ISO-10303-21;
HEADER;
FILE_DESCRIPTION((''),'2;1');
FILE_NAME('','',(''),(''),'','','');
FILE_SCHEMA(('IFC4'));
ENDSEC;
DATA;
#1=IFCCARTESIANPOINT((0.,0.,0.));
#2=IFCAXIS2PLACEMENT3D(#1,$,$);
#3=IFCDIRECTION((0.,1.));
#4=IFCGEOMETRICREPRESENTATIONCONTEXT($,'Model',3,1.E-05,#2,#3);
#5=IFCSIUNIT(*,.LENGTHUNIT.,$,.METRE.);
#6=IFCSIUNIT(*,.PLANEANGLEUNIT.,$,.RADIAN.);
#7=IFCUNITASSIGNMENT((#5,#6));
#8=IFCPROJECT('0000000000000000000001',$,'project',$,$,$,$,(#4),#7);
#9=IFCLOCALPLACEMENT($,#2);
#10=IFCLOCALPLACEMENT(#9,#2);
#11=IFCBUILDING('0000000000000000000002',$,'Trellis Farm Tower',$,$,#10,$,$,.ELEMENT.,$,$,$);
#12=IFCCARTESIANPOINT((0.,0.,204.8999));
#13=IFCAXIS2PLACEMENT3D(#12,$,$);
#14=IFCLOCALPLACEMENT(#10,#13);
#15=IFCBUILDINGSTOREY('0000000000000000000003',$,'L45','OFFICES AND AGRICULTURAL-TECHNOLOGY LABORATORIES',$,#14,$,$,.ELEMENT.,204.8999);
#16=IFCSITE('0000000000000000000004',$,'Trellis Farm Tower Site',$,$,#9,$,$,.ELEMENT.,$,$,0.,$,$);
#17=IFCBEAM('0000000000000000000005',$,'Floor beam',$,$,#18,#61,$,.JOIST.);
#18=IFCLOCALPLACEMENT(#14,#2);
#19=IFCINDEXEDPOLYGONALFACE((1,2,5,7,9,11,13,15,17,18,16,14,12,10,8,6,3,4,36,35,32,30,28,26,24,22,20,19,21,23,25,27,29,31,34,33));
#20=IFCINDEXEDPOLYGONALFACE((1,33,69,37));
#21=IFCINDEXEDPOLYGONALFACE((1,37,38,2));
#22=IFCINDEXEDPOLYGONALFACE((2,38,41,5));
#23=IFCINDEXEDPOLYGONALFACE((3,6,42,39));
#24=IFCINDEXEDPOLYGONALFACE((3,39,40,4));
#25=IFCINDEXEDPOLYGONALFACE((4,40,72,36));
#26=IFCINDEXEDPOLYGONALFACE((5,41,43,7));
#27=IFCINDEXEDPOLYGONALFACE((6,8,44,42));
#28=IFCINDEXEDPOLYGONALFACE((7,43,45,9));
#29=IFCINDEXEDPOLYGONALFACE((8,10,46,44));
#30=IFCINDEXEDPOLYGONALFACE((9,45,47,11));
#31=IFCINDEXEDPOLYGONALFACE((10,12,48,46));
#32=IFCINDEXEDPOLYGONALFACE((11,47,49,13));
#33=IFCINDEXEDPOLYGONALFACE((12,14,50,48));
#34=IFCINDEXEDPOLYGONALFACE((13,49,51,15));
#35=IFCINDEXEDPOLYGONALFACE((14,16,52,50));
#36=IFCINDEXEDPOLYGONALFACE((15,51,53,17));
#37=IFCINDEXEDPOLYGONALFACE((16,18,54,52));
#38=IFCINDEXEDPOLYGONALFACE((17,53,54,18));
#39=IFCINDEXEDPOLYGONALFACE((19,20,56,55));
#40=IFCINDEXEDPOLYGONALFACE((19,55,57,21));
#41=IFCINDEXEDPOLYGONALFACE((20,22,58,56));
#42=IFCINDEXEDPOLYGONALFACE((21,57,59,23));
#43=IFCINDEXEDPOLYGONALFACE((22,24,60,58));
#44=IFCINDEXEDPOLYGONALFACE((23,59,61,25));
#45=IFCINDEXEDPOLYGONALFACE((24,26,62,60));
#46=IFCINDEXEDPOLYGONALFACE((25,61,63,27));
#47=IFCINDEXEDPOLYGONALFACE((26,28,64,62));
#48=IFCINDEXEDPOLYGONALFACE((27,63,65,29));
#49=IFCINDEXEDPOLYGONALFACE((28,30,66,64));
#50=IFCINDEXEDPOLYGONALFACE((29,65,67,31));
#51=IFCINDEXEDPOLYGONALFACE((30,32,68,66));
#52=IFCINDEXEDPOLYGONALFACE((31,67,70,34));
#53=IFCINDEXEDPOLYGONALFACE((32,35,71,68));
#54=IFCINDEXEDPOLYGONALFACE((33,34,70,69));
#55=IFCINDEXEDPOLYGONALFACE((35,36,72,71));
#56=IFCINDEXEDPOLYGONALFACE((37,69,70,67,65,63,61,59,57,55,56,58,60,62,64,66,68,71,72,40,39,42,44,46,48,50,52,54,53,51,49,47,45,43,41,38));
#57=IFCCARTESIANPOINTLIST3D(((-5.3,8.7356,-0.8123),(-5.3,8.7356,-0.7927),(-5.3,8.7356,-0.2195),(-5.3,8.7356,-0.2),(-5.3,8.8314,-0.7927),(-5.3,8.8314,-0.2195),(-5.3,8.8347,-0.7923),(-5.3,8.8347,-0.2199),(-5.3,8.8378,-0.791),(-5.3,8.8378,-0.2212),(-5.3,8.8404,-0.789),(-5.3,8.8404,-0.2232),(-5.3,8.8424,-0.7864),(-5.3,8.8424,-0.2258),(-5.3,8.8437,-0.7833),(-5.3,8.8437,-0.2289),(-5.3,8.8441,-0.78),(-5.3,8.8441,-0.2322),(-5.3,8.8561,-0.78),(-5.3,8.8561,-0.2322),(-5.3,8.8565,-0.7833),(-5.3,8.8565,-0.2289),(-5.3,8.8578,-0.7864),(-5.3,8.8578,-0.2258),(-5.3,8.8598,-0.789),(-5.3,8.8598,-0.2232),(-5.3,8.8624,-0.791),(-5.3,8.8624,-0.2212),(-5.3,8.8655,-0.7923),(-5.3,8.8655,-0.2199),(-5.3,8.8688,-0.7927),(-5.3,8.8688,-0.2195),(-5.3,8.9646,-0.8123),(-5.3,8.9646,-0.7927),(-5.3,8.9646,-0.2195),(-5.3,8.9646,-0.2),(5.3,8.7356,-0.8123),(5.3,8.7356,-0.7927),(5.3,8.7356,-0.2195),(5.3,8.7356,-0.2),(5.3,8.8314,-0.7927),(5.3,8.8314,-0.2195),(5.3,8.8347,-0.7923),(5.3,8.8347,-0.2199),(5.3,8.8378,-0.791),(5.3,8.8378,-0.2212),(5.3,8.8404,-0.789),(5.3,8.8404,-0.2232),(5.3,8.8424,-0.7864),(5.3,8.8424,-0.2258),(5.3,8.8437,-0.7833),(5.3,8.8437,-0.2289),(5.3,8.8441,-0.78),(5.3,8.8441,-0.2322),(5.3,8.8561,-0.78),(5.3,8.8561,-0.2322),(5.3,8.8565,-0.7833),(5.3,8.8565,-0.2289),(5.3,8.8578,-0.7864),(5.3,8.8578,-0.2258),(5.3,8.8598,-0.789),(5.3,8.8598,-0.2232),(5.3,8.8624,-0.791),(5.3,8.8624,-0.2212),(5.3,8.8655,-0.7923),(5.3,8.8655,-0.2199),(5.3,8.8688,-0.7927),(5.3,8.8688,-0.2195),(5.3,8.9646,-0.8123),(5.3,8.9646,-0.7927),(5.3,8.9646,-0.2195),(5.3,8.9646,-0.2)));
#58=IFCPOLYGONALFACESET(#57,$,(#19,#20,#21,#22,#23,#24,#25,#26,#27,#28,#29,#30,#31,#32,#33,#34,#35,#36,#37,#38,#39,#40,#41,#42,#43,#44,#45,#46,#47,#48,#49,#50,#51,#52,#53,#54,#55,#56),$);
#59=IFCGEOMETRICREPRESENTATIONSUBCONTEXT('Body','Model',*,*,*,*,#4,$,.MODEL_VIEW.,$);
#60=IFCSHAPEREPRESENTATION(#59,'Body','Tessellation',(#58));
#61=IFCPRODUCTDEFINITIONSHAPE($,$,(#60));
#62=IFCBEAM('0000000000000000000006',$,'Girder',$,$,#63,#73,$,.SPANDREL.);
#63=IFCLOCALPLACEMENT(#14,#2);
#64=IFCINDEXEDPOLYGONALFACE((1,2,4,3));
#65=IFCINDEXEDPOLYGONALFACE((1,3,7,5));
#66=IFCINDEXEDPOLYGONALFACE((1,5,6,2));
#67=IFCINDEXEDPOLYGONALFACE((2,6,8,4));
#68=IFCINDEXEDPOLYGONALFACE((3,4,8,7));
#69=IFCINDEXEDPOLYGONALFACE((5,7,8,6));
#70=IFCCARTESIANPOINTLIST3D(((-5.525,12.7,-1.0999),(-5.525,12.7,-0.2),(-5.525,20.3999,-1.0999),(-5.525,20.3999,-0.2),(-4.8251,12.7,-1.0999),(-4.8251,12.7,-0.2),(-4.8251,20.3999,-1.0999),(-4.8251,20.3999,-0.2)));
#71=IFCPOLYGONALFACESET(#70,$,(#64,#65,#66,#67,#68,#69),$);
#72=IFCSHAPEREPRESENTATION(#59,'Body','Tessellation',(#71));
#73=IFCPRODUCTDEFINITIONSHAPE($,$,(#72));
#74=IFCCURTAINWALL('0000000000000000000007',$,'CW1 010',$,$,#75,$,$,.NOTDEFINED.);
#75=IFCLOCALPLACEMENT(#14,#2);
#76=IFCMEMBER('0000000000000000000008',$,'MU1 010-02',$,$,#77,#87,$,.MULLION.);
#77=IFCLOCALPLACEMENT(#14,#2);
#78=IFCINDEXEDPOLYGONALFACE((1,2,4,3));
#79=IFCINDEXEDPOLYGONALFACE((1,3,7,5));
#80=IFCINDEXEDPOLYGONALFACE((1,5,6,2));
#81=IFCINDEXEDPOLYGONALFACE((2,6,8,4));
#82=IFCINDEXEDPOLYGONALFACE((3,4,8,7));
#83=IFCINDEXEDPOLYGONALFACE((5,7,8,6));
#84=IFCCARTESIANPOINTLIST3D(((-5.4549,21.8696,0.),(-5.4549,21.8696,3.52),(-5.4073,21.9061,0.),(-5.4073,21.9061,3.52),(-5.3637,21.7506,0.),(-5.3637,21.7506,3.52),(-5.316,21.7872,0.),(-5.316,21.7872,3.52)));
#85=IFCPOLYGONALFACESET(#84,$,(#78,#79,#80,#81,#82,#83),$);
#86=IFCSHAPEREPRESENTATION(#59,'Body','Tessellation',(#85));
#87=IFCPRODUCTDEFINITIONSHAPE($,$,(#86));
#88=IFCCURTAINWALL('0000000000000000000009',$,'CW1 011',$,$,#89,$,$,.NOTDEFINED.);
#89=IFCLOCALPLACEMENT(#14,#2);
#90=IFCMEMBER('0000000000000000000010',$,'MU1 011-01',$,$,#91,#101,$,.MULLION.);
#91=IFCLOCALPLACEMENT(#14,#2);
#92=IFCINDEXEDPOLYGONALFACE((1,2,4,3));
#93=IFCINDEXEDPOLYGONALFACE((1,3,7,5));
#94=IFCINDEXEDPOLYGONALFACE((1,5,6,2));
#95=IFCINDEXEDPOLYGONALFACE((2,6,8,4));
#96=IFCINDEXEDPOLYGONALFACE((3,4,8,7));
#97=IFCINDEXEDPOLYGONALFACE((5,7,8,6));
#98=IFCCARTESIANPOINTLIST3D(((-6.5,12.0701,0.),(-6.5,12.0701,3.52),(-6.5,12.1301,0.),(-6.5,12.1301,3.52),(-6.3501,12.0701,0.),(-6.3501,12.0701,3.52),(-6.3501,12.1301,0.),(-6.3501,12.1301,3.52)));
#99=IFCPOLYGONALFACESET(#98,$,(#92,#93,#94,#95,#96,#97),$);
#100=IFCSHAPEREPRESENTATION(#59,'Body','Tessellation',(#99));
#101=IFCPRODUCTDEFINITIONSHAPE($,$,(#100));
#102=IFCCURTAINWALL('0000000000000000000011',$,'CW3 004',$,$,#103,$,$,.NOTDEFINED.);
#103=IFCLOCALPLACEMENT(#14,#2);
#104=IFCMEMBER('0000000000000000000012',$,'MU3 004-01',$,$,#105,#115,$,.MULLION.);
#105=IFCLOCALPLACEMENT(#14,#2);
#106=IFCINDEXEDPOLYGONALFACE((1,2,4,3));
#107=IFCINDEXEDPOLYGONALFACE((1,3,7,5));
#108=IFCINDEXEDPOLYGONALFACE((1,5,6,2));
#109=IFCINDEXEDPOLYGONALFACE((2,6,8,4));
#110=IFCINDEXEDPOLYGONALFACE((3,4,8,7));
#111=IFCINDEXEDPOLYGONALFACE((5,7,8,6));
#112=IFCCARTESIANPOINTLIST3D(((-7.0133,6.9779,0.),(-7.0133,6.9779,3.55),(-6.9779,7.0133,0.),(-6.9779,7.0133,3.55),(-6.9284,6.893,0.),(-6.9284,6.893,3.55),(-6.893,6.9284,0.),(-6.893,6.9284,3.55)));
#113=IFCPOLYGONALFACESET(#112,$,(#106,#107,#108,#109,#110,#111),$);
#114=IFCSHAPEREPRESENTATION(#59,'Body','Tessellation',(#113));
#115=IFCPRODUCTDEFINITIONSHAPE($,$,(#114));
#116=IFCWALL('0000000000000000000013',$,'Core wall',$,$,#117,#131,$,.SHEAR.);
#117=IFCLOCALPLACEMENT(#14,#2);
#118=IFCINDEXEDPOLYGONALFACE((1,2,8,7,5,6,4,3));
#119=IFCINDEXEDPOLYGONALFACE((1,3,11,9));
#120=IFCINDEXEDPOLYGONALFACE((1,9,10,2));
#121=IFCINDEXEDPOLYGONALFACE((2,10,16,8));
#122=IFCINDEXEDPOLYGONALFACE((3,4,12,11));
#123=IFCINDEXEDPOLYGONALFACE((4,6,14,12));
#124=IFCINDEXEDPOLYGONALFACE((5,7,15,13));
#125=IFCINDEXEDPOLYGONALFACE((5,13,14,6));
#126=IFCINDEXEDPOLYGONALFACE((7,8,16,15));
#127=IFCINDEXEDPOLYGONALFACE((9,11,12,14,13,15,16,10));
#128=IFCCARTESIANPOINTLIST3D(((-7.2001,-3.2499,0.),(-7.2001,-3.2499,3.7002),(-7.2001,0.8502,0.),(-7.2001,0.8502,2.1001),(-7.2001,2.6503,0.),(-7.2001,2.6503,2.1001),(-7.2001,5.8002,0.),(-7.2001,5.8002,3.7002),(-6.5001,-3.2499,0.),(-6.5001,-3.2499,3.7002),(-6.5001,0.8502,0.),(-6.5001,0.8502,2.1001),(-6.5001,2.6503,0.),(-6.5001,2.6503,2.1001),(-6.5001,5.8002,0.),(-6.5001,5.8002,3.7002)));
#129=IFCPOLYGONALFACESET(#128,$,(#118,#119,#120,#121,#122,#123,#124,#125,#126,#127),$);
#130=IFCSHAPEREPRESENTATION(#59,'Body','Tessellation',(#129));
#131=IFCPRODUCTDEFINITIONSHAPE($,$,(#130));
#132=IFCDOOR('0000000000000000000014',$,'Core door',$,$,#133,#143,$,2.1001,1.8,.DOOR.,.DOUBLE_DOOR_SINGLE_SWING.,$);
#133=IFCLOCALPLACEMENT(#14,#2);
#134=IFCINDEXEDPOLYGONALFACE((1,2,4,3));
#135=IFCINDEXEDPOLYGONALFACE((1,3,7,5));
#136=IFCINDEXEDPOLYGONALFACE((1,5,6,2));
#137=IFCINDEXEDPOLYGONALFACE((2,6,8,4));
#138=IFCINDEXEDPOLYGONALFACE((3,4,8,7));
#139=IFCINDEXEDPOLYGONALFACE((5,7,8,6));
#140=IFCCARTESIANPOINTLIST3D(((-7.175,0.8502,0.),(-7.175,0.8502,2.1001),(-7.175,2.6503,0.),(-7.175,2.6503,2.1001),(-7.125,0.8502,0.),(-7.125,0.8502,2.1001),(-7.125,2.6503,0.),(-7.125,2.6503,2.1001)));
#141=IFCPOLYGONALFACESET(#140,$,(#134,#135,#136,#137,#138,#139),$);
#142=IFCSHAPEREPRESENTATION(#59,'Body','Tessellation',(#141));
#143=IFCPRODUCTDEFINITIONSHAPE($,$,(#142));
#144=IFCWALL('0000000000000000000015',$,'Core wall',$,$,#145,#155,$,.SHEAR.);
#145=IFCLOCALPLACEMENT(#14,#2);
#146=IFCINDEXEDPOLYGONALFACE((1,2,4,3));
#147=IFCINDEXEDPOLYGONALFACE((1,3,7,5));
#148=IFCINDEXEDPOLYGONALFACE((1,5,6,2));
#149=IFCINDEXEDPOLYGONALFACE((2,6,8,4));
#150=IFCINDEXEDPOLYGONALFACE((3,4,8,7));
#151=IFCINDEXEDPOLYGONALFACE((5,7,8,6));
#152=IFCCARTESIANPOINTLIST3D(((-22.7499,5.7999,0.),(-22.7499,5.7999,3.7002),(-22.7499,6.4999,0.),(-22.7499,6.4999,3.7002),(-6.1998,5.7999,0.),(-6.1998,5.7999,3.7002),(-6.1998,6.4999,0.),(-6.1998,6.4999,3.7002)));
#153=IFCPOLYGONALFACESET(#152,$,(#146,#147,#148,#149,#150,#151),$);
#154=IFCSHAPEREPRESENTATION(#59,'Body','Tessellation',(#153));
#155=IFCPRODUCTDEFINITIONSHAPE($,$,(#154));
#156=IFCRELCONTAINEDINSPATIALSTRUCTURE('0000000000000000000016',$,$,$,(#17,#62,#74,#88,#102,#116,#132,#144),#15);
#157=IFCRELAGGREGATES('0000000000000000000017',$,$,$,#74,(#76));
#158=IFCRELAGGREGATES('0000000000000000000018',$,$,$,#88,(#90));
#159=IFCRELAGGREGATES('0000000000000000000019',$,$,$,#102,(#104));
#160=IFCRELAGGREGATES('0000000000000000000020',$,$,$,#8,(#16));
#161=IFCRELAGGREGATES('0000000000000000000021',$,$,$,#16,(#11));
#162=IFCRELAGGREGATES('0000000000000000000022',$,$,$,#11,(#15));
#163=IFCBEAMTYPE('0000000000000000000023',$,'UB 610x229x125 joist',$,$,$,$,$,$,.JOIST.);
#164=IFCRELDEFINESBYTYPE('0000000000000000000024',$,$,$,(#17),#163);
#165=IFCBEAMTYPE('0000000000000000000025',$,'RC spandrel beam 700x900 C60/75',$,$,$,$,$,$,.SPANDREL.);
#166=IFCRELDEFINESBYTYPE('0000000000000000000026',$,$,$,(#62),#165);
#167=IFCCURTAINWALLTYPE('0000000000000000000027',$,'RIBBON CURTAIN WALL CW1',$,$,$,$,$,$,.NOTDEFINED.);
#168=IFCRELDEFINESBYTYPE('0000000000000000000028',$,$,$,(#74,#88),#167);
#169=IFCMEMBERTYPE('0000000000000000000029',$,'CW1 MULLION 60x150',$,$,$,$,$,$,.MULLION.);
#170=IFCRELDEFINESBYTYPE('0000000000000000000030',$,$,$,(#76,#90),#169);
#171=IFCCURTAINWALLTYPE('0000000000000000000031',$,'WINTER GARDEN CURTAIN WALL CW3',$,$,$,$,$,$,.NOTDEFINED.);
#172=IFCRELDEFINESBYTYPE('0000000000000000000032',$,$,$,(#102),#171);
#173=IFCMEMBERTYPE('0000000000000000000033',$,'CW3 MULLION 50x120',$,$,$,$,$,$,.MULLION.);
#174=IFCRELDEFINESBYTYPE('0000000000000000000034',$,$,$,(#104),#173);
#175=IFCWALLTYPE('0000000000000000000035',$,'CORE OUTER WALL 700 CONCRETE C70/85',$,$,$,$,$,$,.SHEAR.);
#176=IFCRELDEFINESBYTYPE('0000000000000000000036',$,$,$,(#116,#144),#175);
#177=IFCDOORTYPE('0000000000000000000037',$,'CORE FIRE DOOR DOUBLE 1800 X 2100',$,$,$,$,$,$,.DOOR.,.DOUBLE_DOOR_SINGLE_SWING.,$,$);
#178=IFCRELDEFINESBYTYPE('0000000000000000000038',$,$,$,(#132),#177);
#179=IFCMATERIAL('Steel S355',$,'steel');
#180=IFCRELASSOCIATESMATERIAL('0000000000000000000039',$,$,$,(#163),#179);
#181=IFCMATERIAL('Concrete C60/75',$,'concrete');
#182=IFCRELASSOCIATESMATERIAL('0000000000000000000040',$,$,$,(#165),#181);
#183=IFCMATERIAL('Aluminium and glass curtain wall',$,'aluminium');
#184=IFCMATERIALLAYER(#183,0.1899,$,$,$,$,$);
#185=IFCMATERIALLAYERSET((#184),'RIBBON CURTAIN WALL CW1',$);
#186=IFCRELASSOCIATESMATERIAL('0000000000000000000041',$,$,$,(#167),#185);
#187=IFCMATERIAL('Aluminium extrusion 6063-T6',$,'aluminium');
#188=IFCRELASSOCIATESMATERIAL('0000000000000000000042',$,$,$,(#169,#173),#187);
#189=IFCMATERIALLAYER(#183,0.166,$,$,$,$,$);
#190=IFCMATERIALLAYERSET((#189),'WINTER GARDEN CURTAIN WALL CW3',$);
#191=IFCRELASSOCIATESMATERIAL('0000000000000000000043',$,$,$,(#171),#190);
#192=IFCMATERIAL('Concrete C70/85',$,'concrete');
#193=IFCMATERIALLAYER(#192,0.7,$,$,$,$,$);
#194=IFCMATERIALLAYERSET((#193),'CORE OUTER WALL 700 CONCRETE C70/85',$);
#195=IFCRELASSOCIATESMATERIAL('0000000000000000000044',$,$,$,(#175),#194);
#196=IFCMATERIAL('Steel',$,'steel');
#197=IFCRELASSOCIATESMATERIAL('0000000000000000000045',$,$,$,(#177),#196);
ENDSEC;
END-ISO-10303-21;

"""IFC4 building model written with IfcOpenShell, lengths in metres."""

from ifc_helpers import new_model, si_unit, direction, frame, frame_2d, origin, origin_2d, place, context, subcontext, project, spatial, rectangle, i_section, extrude, source, transform, mapped, material, layer, layer_set, material_profile, profile_set, type_object, element, fill, aggregate, save


model = new_model("IFC4")

# Units and contexts
model_context = context("Model", 3, precision=1e-05, world=origin(), true_north=direction((0.0, 1.0)))
body_context = subcontext(model_context, "Body", "Model", "MODEL_VIEW")
ifc_project = project(units=[si_unit("LENGTHUNIT", "METRE"), si_unit("PLANEANGLEUNIT", "RADIAN")], contexts=[model_context])

# Site, building, storey
site_placement = place(None, origin())
site = spatial("IfcSite", under=ifc_project, at=site_placement, Name="Trellis Farm Tower Site", CompositionType="ELEMENT", RefElevation=0.0)
building_placement = place(site_placement, origin())
building = spatial("IfcBuilding", under=site, at=building_placement, Name="Trellis Farm Tower", CompositionType="ELEMENT")
storey_placement = place(building_placement, frame((0.0, 0.0, 204.8999)))
storey = spatial("IfcBuildingStorey", under=building, at=storey_placement, Name="L45", Description="OFFICES AND AGRICULTURAL-TECHNOLOGY LABORATORIES", CompositionType="ELEMENT", Elevation=204.8999)

# Shared definitions
ifc_material_1 = material(Name="Concrete C70/85", Category="concrete")

# Beams
ifc_material_2 = material(Name="Concrete C60/75", Category="concrete")
ifc_material_3 = material(Name="Steel S355", Category="steel")
ifc_material_profile_1 = material_profile(ifc_material_3, i_section(OverallWidth=0.229, OverallDepth=0.6123, WebThickness=0.012, FlangeThickness=0.0195, FilletRadius=0.0127, at=origin_2d()), Name="UB 610x229x125")
ifc_profile_set_1 = profile_set([ifc_material_profile_1], Name="Steel S355")
beam_type_1 = type_object("IfcBeamType", Name="UB 610x229x125 joist", PredefinedType="JOIST", material=ifc_profile_set_1)
shared_shape_1 = source(origin(), body_context, "Body", "SweptSolid", [
    extrude(i_section(OverallWidth=0.229, OverallDepth=0.6123, WebThickness=0.012, FlangeThickness=0.0195, FilletRadius=0.0127, at=origin_2d()), origin(), (0.0, 0.0, 1.0), 10.6001),
])
beam_1_placement = place(storey_placement, frame((-5.3, 8.8501, -0.5061), z_axis=(1.0, 0.0, 0.0), x_axis=(0.0, 1.0, 0.0)))
element("IfcBeam", 1, at=beam_1_placement, inside=storey, type_object=beam_type_1, Name="Floor beam", PredefinedType="JOIST", context=body_context, shape_type="MappedRepresentation", body=[
    mapped(shared_shape_1, transform((0.0, 0.0, 0.0))),
])
ifc_material_profile_2 = material_profile(ifc_material_2, rectangle(XDim=0.7, YDim=0.8999, at=origin_2d()), Name="RC spandrel beam 700x900 C60/75")
ifc_profile_set_2 = profile_set([ifc_material_profile_2], Name="Concrete C60/75")
beam_type_2 = type_object("IfcBeamType", Name="RC spandrel beam 700x900 C60/75", PredefinedType="SPANDREL", material=ifc_profile_set_2)
shared_shape_2 = source(origin(), body_context, "Body", "SweptSolid", [
    extrude(rectangle(XDim=0.7, YDim=0.8999, at=origin_2d()), origin(), (0.0, 0.0, 1.0), 7.7),
])
beam_2_placement = place(storey_placement, frame((-5.175, 12.7, -0.6499), z_axis=(0.0, 1.0, 0.0), x_axis=(-1.0, 0.0, 0.0)))
element("IfcBeam", 2, at=beam_2_placement, inside=storey, type_object=beam_type_2, Name="Girder", PredefinedType="SPANDREL", context=body_context, shape_type="MappedRepresentation", body=[
    mapped(shared_shape_2, transform((0.0, 0.0, 0.0))),
])

# Curtain walls, members
ifc_material_4 = material(Name="Aluminium and glass curtain wall", Category="aluminium")
ifc_layer_1 = layer(ifc_material_4, 0.1899)
ifc_layer_set_1 = layer_set([ifc_layer_1], Name="RIBBON CURTAIN WALL CW1")
curtain_wall_type_1 = type_object("IfcCurtainWallType", Name="RIBBON CURTAIN WALL CW1", PredefinedType="NOTDEFINED", material=ifc_layer_set_1)
placement = place(storey_placement, origin())
curtain_wall_1 = element("IfcCurtainWall", 3, at=placement, inside=storey, type_object=curtain_wall_type_1, Name="CW1 010", PredefinedType="NOTDEFINED")
ifc_material_5 = material(Name="Aluminium extrusion 6063-T6", Category="aluminium")
ifc_material_profile_3 = material_profile(ifc_material_5, rectangle(XDim=0.0601, YDim=0.1499, at=origin_2d()), Name="MULLION 60x150")
ifc_profile_set_3 = profile_set([ifc_material_profile_3], Name="Aluminium extrusion 6063-T6")
member_type_1 = type_object("IfcMemberType", Name="CW1 MULLION 60x150", PredefinedType="MULLION", material=ifc_profile_set_3)
shared_shape_3 = source(origin(), body_context, "Body", "SweptSolid", [
    extrude(rectangle(XDim=0.0601, YDim=0.1499, at=origin_2d()), origin(), (0.0, 0.0, 1.0), 3.52),
])
member_1_placement = place(storey_placement, frame((-5.3855, 21.8284, 0.0), z_axis=(0.0, 0.0, 1.0), x_axis=(-0.793353, -0.608761, 0.0)))
member_1 = element("IfcMember", 4, at=member_1_placement, type_object=member_type_1, Name="MU1 010-02", PredefinedType="MULLION", context=body_context, shape_type="MappedRepresentation", body=[
    mapped(shared_shape_3, transform((0.0, 0.0, 0.0))),
])
aggregate(curtain_wall_1, [member_1])
curtain_wall_2 = element("IfcCurtainWall", 5, at=placement, inside=storey, type_object=curtain_wall_type_1, Name="CW1 011", PredefinedType="NOTDEFINED")
member_2_placement = place(storey_placement, frame((-6.425, 12.1001, 0.0), z_axis=(0.0, 0.0, 1.0), x_axis=(0.0, -1.0, 0.0)))
member_2 = element("IfcMember", 6, at=member_2_placement, type_object=member_type_1, Name="MU1 011-01", PredefinedType="MULLION", context=body_context, shape_type="MappedRepresentation", body=[
    mapped(shared_shape_3, transform((0.0, 0.0, 0.0))),
])
aggregate(curtain_wall_2, [member_2])
ifc_layer_2 = layer(ifc_material_4, 0.166)
ifc_layer_set_2 = layer_set([ifc_layer_2], Name="WINTER GARDEN CURTAIN WALL CW3")
curtain_wall_type_2 = type_object("IfcCurtainWallType", Name="WINTER GARDEN CURTAIN WALL CW3", PredefinedType="NOTDEFINED", material=ifc_layer_set_2)
curtain_wall_3 = element("IfcCurtainWall", 7, at=placement, inside=storey, type_object=curtain_wall_type_2, Name="CW3 004", PredefinedType="NOTDEFINED")
ifc_material_profile_4 = material_profile(ifc_material_5, rectangle(XDim=0.05, YDim=0.1201, at=origin_2d()), Name="MULLION 50x120")
ifc_profile_set_4 = profile_set([ifc_material_profile_4], Name="Aluminium extrusion 6063-T6")
member_type_2 = type_object("IfcMemberType", Name="CW3 MULLION 50x120", PredefinedType="MULLION", material=ifc_profile_set_4)
shared_shape_4 = source(origin(), body_context, "Body", "SweptSolid", [
    extrude(rectangle(XDim=0.05, YDim=0.1201, at=origin_2d()), origin(), (0.0, 0.0, 1.0), 3.55),
])
member_3_placement = place(storey_placement, frame((-6.9531, 6.9531, 0.0), z_axis=(0.0, 0.0, 1.0), x_axis=(-0.707107, -0.707107, 0.0)))
member_3 = element("IfcMember", 8, at=member_3_placement, type_object=member_type_2, Name="MU3 004-01", PredefinedType="MULLION", context=body_context, shape_type="MappedRepresentation", body=[
    mapped(shared_shape_4, transform((0.0, 0.0, 0.0))),
])
aggregate(curtain_wall_3, [member_3])

# Wall, opening, door
ifc_layer_3 = layer(ifc_material_1, 0.7)
ifc_layer_set_3 = layer_set([ifc_layer_3], Name="CORE OUTER WALL 700 CONCRETE C70/85")
wall_type_1 = type_object("IfcWallType", Name="CORE OUTER WALL 700 CONCRETE C70/85", PredefinedType="SHEAR", material=ifc_layer_set_3)
shared_shape_5 = source(origin(), body_context, "Body", "SweptSolid", [
    extrude(rectangle(XDim=9.05, YDim=0.7, at=frame_2d((4.5249, 0.0))), origin(), (0.0, 0.0, 1.0), 3.7002),
])
wall_1_placement = place(storey_placement, frame((-6.8501, 5.8, 0.0), z_axis=(0.0, 0.0, 1.0), x_axis=(0.0, -1.0, 0.0)))
wall_1 = element("IfcWall", 9, at=wall_1_placement, inside=storey, type_object=wall_type_1, Name="Core wall", PredefinedType="SHEAR", context=body_context, shape_type="MappedRepresentation", body=[
    mapped(shared_shape_5, transform((0.0, 0.0, 0.0))),
])
shared_shape_6 = source(origin(), body_context, "Body", "SweptSolid", [
    extrude(rectangle(XDim=1.8, YDim=2.1001, at=frame_2d((0.8999, 1.05))), frame((0.0, 0.3601, 0.0), z_axis=(0.0, -1.0, 0.0), x_axis=(1.0, 0.0, 0.0)), (0.0, 0.0, 1.0), 0.7202),
])
opening_1_placement = place(wall_1_placement, frame((3.1499, 0.0, 0.0)))
opening_1 = element("IfcOpeningElement", 10, at=opening_1_placement, cuts=wall_1, PredefinedType="OPENING", context=body_context, shape_type="MappedRepresentation", body=[
    mapped(shared_shape_6, transform((0.0, 0.0, 0.0))),
])
ifc_material_6 = material(Name="Steel", Category="steel")
door_type_1 = type_object("IfcDoorType", Name="CORE FIRE DOOR DOUBLE 1800 X 2100", OperationType="DOUBLE_DOOR_SINGLE_SWING", PredefinedType="DOOR", material=ifc_material_6)
shared_shape_7 = source(origin(), body_context, "Body", "SweptSolid", [
    extrude(rectangle(XDim=1.8, YDim=2.1001, at=frame_2d((0.8999, 1.05))), frame((0.0, -0.2749, 0.0), z_axis=(0.0, -1.0, 0.0), x_axis=(1.0, 0.0, 0.0)), (0.0, 0.0, 1.0), 0.05),
])
door_1_placement = place(opening_1_placement, origin())
door_1 = element("IfcDoor", 11, at=door_1_placement, inside=storey, type_object=door_type_1, Name="Core door", OperationType="DOUBLE_DOOR_SINGLE_SWING", OverallHeight=2.1001, OverallWidth=1.8, PredefinedType="DOOR", context=body_context, shape_type="MappedRepresentation", body=[
    mapped(shared_shape_7, transform((0.0, 0.0, 0.0))),
])
fill(opening_1, door_1)

# Wall
shared_shape_8 = source(origin(), body_context, "Body", "SweptSolid", [
    extrude(rectangle(XDim=16.55, YDim=0.7, at=frame_2d((8.2749, 0.0))), origin(), (0.0, 0.0, 1.0), 3.7002),
])
wall_2_placement = place(storey_placement, frame((-6.2, 6.1499, 0.0), z_axis=(0.0, 0.0, 1.0), x_axis=(-1.0, 0.0, 0.0)))
element("IfcWall", 12, at=wall_2_placement, inside=storey, type_object=wall_type_1, Name="Core wall", PredefinedType="SHEAR", context=body_context, shape_type="MappedRepresentation", body=[
    mapped(shared_shape_8, transform((0.0, 0.0, 0.0))),
])

save(model, "model.ifc")
